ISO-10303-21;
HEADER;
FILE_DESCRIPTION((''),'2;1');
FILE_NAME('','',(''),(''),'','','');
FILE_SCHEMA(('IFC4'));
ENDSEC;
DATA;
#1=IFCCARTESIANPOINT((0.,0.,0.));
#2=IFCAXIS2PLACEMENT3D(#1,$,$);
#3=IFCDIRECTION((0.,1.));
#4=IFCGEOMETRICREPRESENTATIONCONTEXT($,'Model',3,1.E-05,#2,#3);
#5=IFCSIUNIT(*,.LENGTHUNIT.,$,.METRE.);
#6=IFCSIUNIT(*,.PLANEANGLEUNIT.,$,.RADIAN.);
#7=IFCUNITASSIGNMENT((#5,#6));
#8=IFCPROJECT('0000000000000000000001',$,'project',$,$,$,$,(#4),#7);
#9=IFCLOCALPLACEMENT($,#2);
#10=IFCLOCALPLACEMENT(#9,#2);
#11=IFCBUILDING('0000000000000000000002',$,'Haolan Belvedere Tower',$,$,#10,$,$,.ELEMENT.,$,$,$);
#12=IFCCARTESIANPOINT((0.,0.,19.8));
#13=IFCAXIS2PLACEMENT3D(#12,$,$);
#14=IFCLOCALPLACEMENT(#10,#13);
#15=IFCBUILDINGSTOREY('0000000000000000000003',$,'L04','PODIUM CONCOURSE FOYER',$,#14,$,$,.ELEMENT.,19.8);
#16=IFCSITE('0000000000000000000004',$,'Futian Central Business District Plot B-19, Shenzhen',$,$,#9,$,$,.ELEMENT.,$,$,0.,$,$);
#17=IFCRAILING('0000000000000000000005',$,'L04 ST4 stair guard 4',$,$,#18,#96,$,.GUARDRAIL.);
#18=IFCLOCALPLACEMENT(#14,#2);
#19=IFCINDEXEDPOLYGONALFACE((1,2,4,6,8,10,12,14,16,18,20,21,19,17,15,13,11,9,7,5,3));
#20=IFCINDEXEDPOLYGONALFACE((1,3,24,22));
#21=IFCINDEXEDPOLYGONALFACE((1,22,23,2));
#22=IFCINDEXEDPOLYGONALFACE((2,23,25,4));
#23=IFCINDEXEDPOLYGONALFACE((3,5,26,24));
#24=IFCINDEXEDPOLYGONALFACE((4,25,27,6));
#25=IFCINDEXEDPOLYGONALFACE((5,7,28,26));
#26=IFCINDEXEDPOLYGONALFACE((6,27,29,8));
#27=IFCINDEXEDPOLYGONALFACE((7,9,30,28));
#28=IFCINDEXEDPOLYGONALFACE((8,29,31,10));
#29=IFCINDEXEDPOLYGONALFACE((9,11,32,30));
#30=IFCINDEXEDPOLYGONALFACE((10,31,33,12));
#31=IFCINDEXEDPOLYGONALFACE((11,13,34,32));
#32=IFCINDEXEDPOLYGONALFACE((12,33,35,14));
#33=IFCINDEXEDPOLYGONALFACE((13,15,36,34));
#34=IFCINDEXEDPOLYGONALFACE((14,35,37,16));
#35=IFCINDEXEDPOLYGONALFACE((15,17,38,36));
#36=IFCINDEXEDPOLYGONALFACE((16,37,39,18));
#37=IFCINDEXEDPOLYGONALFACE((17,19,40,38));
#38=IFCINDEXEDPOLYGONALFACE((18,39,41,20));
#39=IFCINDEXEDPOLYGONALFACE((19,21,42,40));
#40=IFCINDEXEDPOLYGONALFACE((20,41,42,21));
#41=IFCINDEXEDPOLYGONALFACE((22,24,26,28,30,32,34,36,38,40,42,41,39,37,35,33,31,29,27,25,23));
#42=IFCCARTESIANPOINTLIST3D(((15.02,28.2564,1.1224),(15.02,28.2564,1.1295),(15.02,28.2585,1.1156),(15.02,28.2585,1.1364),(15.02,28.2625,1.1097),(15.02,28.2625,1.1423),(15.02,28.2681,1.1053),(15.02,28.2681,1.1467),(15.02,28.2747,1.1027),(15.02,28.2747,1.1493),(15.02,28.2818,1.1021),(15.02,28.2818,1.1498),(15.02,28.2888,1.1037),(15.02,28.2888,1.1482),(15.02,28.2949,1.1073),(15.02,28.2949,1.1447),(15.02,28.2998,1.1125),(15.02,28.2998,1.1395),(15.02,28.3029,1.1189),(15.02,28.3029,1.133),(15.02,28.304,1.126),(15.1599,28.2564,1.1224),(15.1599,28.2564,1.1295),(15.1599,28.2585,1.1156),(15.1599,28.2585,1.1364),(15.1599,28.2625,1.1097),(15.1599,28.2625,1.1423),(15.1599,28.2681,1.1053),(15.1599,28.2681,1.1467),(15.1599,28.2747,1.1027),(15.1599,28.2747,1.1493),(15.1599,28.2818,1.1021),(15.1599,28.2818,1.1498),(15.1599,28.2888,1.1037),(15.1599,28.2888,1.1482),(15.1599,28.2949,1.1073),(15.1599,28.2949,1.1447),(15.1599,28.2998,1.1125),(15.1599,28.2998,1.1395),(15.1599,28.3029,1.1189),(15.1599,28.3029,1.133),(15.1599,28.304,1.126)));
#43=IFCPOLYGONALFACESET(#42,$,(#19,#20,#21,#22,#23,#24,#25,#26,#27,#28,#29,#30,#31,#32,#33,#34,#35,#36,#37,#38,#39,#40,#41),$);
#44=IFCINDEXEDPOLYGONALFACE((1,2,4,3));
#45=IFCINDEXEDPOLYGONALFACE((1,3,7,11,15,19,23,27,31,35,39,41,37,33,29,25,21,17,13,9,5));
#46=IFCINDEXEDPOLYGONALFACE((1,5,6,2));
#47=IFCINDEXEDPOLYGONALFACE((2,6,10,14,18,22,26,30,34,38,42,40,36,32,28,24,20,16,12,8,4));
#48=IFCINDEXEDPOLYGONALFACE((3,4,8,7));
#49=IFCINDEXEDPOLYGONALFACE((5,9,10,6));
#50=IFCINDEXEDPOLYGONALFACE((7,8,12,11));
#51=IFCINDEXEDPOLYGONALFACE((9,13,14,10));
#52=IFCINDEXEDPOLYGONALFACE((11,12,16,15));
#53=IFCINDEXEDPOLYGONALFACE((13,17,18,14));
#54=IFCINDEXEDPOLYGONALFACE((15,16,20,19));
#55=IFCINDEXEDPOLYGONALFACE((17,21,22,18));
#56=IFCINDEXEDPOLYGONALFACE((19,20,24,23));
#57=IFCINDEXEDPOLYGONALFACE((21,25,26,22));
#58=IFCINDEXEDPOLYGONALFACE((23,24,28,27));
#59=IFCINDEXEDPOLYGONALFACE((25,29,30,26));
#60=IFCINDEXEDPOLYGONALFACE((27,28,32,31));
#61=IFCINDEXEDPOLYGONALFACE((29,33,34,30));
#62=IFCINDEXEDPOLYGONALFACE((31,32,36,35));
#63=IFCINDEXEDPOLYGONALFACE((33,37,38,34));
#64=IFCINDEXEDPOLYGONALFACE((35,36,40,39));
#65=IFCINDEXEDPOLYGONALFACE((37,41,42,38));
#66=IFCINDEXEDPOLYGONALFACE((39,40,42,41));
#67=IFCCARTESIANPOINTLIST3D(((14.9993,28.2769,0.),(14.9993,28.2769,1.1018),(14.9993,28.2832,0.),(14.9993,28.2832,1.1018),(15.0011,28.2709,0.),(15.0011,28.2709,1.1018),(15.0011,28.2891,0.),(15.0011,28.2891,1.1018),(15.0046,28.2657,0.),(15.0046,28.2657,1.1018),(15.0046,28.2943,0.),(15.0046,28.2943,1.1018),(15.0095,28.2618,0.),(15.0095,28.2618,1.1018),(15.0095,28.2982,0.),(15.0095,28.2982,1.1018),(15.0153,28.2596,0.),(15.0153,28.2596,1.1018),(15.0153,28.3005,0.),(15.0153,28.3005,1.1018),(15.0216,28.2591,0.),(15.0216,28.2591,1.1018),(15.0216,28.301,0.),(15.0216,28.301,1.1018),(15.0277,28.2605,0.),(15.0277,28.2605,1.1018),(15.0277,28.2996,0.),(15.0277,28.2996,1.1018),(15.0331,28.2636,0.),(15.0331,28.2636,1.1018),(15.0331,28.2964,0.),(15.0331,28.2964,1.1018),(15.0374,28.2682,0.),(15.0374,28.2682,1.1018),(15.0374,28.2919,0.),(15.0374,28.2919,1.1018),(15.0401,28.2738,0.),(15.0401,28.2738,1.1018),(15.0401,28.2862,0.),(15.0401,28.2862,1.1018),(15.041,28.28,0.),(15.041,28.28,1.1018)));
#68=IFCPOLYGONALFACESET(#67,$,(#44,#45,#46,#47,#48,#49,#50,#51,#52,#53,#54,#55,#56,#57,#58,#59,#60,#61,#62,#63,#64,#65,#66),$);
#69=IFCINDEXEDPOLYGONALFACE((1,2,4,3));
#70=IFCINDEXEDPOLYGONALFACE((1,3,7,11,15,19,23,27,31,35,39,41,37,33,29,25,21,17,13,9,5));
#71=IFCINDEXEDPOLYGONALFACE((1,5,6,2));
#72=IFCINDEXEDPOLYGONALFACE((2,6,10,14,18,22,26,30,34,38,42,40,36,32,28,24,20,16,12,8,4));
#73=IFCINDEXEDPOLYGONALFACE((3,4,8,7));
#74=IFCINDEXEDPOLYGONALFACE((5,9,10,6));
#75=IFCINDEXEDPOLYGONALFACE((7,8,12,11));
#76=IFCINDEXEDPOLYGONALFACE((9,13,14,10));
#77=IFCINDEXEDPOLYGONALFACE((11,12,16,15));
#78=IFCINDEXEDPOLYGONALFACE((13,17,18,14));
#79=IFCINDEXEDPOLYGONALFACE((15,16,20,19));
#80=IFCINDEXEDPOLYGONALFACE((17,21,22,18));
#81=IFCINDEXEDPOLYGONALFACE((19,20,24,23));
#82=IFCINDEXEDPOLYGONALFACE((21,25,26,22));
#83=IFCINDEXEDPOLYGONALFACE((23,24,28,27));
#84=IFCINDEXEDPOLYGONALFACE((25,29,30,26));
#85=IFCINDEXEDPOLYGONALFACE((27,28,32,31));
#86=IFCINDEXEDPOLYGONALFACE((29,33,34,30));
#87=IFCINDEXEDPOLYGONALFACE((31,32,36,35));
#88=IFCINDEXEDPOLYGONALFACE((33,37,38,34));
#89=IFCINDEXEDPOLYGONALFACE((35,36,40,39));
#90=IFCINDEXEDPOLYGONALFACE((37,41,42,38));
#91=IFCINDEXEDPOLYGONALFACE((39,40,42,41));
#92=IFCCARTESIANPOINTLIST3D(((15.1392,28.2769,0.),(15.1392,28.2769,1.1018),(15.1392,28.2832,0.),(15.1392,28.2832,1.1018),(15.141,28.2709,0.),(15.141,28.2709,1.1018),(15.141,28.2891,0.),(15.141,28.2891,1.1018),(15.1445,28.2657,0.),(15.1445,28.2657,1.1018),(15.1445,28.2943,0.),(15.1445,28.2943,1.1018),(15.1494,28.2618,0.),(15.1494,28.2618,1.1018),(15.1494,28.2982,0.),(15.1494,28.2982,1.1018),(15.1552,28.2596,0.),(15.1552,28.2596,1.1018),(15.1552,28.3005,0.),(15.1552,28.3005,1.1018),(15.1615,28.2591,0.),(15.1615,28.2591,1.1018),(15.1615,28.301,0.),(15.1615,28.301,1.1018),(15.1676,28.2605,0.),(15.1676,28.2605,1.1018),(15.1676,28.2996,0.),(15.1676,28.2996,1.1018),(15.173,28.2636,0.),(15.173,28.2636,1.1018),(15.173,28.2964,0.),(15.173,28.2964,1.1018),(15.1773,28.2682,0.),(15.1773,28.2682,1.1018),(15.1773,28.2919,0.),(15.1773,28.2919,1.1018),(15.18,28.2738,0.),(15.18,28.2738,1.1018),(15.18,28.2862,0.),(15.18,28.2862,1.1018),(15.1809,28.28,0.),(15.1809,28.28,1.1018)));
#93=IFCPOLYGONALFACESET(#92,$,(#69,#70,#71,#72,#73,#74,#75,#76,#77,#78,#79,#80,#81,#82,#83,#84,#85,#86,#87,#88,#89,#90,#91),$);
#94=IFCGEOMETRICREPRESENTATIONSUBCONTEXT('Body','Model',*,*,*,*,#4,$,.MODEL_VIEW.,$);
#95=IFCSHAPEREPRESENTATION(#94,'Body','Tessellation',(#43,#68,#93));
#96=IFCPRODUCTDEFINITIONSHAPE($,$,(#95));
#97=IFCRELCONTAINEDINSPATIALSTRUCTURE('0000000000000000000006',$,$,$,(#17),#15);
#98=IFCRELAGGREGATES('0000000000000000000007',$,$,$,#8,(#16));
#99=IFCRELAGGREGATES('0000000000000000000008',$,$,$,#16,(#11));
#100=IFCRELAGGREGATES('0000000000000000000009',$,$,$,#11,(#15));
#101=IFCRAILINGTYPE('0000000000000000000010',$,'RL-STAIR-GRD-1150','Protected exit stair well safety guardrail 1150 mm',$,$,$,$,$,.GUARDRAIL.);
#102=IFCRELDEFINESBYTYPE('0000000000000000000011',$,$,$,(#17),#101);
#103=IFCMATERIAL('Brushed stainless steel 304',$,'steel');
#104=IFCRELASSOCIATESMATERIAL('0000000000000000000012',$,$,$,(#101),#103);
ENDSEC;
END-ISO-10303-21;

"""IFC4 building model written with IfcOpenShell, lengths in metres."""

from ifc_helpers import new_model, si_unit, direction, frame, origin, origin_2d, place, context, subcontext, project, spatial, circle, extrude, material, type_object, element, save


model = new_model("IFC4")

# Units and contexts
model_context = context("Model", 3, precision=1e-05, world=origin(), true_north=direction((0.0, 1.0)))
body_context = subcontext(model_context, "Body", "Model", "MODEL_VIEW")
ifc_project = project(units=[si_unit("LENGTHUNIT", "METRE"), si_unit("PLANEANGLEUNIT", "RADIAN")], contexts=[model_context])

# Site, building, storey
site_placement = place(None, origin())
site = spatial("IfcSite", under=ifc_project, at=site_placement, Name="Futian Central Business District Plot B-19, Shenzhen", CompositionType="ELEMENT", RefElevation=0.0)
building_placement = place(site_placement, origin())
building = spatial("IfcBuilding", under=site, at=building_placement, Name="Haolan Belvedere Tower", CompositionType="ELEMENT")
storey_placement = place(building_placement, frame((0.0, 0.0, 19.8)))
storey = spatial("IfcBuildingStorey", under=building, at=storey_placement, Name="L04", Description="PODIUM CONCOURSE FOYER", CompositionType="ELEMENT", Elevation=19.8)

# Railing
ifc_material_1 = material(Name="Brushed stainless steel 304", Category="steel")
railing_type_1 = type_object("IfcRailingType", Name="RL-STAIR-GRD-1150", Description="Protected exit stair well safety guardrail 1150 mm", PredefinedType="GUARDRAIL", material=ifc_material_1)
railing_1_placement = place(storey_placement, frame((15.02, 28.28, 0.0)))
element("IfcRailing", 1, at=railing_1_placement, inside=storey, type_object=railing_type_1, Name="L04 ST4 stair guard 4", PredefinedType="GUARDRAIL", context=body_context, shape_type="SweptSolid", body=[
    extrude(circle(Radius=0.0239, at=origin_2d()), frame((0.0, 0.0, 1.126), z_axis=(1.0, 0.0, 0.0), x_axis=(0.0, 1.0, 0.0)), (0.0, 0.0, 1.0), 0.1399),
    extrude(circle(Radius=0.021, at=origin_2d()), origin(), (0.0, 0.0, 1.0), 1.1018),
    extrude(circle(Radius=0.021, at=origin_2d()), frame((0.1399, 0.0, 0.0)), (0.0, 0.0, 1.0), 1.1018),
])

save(model, "model.ifc")
